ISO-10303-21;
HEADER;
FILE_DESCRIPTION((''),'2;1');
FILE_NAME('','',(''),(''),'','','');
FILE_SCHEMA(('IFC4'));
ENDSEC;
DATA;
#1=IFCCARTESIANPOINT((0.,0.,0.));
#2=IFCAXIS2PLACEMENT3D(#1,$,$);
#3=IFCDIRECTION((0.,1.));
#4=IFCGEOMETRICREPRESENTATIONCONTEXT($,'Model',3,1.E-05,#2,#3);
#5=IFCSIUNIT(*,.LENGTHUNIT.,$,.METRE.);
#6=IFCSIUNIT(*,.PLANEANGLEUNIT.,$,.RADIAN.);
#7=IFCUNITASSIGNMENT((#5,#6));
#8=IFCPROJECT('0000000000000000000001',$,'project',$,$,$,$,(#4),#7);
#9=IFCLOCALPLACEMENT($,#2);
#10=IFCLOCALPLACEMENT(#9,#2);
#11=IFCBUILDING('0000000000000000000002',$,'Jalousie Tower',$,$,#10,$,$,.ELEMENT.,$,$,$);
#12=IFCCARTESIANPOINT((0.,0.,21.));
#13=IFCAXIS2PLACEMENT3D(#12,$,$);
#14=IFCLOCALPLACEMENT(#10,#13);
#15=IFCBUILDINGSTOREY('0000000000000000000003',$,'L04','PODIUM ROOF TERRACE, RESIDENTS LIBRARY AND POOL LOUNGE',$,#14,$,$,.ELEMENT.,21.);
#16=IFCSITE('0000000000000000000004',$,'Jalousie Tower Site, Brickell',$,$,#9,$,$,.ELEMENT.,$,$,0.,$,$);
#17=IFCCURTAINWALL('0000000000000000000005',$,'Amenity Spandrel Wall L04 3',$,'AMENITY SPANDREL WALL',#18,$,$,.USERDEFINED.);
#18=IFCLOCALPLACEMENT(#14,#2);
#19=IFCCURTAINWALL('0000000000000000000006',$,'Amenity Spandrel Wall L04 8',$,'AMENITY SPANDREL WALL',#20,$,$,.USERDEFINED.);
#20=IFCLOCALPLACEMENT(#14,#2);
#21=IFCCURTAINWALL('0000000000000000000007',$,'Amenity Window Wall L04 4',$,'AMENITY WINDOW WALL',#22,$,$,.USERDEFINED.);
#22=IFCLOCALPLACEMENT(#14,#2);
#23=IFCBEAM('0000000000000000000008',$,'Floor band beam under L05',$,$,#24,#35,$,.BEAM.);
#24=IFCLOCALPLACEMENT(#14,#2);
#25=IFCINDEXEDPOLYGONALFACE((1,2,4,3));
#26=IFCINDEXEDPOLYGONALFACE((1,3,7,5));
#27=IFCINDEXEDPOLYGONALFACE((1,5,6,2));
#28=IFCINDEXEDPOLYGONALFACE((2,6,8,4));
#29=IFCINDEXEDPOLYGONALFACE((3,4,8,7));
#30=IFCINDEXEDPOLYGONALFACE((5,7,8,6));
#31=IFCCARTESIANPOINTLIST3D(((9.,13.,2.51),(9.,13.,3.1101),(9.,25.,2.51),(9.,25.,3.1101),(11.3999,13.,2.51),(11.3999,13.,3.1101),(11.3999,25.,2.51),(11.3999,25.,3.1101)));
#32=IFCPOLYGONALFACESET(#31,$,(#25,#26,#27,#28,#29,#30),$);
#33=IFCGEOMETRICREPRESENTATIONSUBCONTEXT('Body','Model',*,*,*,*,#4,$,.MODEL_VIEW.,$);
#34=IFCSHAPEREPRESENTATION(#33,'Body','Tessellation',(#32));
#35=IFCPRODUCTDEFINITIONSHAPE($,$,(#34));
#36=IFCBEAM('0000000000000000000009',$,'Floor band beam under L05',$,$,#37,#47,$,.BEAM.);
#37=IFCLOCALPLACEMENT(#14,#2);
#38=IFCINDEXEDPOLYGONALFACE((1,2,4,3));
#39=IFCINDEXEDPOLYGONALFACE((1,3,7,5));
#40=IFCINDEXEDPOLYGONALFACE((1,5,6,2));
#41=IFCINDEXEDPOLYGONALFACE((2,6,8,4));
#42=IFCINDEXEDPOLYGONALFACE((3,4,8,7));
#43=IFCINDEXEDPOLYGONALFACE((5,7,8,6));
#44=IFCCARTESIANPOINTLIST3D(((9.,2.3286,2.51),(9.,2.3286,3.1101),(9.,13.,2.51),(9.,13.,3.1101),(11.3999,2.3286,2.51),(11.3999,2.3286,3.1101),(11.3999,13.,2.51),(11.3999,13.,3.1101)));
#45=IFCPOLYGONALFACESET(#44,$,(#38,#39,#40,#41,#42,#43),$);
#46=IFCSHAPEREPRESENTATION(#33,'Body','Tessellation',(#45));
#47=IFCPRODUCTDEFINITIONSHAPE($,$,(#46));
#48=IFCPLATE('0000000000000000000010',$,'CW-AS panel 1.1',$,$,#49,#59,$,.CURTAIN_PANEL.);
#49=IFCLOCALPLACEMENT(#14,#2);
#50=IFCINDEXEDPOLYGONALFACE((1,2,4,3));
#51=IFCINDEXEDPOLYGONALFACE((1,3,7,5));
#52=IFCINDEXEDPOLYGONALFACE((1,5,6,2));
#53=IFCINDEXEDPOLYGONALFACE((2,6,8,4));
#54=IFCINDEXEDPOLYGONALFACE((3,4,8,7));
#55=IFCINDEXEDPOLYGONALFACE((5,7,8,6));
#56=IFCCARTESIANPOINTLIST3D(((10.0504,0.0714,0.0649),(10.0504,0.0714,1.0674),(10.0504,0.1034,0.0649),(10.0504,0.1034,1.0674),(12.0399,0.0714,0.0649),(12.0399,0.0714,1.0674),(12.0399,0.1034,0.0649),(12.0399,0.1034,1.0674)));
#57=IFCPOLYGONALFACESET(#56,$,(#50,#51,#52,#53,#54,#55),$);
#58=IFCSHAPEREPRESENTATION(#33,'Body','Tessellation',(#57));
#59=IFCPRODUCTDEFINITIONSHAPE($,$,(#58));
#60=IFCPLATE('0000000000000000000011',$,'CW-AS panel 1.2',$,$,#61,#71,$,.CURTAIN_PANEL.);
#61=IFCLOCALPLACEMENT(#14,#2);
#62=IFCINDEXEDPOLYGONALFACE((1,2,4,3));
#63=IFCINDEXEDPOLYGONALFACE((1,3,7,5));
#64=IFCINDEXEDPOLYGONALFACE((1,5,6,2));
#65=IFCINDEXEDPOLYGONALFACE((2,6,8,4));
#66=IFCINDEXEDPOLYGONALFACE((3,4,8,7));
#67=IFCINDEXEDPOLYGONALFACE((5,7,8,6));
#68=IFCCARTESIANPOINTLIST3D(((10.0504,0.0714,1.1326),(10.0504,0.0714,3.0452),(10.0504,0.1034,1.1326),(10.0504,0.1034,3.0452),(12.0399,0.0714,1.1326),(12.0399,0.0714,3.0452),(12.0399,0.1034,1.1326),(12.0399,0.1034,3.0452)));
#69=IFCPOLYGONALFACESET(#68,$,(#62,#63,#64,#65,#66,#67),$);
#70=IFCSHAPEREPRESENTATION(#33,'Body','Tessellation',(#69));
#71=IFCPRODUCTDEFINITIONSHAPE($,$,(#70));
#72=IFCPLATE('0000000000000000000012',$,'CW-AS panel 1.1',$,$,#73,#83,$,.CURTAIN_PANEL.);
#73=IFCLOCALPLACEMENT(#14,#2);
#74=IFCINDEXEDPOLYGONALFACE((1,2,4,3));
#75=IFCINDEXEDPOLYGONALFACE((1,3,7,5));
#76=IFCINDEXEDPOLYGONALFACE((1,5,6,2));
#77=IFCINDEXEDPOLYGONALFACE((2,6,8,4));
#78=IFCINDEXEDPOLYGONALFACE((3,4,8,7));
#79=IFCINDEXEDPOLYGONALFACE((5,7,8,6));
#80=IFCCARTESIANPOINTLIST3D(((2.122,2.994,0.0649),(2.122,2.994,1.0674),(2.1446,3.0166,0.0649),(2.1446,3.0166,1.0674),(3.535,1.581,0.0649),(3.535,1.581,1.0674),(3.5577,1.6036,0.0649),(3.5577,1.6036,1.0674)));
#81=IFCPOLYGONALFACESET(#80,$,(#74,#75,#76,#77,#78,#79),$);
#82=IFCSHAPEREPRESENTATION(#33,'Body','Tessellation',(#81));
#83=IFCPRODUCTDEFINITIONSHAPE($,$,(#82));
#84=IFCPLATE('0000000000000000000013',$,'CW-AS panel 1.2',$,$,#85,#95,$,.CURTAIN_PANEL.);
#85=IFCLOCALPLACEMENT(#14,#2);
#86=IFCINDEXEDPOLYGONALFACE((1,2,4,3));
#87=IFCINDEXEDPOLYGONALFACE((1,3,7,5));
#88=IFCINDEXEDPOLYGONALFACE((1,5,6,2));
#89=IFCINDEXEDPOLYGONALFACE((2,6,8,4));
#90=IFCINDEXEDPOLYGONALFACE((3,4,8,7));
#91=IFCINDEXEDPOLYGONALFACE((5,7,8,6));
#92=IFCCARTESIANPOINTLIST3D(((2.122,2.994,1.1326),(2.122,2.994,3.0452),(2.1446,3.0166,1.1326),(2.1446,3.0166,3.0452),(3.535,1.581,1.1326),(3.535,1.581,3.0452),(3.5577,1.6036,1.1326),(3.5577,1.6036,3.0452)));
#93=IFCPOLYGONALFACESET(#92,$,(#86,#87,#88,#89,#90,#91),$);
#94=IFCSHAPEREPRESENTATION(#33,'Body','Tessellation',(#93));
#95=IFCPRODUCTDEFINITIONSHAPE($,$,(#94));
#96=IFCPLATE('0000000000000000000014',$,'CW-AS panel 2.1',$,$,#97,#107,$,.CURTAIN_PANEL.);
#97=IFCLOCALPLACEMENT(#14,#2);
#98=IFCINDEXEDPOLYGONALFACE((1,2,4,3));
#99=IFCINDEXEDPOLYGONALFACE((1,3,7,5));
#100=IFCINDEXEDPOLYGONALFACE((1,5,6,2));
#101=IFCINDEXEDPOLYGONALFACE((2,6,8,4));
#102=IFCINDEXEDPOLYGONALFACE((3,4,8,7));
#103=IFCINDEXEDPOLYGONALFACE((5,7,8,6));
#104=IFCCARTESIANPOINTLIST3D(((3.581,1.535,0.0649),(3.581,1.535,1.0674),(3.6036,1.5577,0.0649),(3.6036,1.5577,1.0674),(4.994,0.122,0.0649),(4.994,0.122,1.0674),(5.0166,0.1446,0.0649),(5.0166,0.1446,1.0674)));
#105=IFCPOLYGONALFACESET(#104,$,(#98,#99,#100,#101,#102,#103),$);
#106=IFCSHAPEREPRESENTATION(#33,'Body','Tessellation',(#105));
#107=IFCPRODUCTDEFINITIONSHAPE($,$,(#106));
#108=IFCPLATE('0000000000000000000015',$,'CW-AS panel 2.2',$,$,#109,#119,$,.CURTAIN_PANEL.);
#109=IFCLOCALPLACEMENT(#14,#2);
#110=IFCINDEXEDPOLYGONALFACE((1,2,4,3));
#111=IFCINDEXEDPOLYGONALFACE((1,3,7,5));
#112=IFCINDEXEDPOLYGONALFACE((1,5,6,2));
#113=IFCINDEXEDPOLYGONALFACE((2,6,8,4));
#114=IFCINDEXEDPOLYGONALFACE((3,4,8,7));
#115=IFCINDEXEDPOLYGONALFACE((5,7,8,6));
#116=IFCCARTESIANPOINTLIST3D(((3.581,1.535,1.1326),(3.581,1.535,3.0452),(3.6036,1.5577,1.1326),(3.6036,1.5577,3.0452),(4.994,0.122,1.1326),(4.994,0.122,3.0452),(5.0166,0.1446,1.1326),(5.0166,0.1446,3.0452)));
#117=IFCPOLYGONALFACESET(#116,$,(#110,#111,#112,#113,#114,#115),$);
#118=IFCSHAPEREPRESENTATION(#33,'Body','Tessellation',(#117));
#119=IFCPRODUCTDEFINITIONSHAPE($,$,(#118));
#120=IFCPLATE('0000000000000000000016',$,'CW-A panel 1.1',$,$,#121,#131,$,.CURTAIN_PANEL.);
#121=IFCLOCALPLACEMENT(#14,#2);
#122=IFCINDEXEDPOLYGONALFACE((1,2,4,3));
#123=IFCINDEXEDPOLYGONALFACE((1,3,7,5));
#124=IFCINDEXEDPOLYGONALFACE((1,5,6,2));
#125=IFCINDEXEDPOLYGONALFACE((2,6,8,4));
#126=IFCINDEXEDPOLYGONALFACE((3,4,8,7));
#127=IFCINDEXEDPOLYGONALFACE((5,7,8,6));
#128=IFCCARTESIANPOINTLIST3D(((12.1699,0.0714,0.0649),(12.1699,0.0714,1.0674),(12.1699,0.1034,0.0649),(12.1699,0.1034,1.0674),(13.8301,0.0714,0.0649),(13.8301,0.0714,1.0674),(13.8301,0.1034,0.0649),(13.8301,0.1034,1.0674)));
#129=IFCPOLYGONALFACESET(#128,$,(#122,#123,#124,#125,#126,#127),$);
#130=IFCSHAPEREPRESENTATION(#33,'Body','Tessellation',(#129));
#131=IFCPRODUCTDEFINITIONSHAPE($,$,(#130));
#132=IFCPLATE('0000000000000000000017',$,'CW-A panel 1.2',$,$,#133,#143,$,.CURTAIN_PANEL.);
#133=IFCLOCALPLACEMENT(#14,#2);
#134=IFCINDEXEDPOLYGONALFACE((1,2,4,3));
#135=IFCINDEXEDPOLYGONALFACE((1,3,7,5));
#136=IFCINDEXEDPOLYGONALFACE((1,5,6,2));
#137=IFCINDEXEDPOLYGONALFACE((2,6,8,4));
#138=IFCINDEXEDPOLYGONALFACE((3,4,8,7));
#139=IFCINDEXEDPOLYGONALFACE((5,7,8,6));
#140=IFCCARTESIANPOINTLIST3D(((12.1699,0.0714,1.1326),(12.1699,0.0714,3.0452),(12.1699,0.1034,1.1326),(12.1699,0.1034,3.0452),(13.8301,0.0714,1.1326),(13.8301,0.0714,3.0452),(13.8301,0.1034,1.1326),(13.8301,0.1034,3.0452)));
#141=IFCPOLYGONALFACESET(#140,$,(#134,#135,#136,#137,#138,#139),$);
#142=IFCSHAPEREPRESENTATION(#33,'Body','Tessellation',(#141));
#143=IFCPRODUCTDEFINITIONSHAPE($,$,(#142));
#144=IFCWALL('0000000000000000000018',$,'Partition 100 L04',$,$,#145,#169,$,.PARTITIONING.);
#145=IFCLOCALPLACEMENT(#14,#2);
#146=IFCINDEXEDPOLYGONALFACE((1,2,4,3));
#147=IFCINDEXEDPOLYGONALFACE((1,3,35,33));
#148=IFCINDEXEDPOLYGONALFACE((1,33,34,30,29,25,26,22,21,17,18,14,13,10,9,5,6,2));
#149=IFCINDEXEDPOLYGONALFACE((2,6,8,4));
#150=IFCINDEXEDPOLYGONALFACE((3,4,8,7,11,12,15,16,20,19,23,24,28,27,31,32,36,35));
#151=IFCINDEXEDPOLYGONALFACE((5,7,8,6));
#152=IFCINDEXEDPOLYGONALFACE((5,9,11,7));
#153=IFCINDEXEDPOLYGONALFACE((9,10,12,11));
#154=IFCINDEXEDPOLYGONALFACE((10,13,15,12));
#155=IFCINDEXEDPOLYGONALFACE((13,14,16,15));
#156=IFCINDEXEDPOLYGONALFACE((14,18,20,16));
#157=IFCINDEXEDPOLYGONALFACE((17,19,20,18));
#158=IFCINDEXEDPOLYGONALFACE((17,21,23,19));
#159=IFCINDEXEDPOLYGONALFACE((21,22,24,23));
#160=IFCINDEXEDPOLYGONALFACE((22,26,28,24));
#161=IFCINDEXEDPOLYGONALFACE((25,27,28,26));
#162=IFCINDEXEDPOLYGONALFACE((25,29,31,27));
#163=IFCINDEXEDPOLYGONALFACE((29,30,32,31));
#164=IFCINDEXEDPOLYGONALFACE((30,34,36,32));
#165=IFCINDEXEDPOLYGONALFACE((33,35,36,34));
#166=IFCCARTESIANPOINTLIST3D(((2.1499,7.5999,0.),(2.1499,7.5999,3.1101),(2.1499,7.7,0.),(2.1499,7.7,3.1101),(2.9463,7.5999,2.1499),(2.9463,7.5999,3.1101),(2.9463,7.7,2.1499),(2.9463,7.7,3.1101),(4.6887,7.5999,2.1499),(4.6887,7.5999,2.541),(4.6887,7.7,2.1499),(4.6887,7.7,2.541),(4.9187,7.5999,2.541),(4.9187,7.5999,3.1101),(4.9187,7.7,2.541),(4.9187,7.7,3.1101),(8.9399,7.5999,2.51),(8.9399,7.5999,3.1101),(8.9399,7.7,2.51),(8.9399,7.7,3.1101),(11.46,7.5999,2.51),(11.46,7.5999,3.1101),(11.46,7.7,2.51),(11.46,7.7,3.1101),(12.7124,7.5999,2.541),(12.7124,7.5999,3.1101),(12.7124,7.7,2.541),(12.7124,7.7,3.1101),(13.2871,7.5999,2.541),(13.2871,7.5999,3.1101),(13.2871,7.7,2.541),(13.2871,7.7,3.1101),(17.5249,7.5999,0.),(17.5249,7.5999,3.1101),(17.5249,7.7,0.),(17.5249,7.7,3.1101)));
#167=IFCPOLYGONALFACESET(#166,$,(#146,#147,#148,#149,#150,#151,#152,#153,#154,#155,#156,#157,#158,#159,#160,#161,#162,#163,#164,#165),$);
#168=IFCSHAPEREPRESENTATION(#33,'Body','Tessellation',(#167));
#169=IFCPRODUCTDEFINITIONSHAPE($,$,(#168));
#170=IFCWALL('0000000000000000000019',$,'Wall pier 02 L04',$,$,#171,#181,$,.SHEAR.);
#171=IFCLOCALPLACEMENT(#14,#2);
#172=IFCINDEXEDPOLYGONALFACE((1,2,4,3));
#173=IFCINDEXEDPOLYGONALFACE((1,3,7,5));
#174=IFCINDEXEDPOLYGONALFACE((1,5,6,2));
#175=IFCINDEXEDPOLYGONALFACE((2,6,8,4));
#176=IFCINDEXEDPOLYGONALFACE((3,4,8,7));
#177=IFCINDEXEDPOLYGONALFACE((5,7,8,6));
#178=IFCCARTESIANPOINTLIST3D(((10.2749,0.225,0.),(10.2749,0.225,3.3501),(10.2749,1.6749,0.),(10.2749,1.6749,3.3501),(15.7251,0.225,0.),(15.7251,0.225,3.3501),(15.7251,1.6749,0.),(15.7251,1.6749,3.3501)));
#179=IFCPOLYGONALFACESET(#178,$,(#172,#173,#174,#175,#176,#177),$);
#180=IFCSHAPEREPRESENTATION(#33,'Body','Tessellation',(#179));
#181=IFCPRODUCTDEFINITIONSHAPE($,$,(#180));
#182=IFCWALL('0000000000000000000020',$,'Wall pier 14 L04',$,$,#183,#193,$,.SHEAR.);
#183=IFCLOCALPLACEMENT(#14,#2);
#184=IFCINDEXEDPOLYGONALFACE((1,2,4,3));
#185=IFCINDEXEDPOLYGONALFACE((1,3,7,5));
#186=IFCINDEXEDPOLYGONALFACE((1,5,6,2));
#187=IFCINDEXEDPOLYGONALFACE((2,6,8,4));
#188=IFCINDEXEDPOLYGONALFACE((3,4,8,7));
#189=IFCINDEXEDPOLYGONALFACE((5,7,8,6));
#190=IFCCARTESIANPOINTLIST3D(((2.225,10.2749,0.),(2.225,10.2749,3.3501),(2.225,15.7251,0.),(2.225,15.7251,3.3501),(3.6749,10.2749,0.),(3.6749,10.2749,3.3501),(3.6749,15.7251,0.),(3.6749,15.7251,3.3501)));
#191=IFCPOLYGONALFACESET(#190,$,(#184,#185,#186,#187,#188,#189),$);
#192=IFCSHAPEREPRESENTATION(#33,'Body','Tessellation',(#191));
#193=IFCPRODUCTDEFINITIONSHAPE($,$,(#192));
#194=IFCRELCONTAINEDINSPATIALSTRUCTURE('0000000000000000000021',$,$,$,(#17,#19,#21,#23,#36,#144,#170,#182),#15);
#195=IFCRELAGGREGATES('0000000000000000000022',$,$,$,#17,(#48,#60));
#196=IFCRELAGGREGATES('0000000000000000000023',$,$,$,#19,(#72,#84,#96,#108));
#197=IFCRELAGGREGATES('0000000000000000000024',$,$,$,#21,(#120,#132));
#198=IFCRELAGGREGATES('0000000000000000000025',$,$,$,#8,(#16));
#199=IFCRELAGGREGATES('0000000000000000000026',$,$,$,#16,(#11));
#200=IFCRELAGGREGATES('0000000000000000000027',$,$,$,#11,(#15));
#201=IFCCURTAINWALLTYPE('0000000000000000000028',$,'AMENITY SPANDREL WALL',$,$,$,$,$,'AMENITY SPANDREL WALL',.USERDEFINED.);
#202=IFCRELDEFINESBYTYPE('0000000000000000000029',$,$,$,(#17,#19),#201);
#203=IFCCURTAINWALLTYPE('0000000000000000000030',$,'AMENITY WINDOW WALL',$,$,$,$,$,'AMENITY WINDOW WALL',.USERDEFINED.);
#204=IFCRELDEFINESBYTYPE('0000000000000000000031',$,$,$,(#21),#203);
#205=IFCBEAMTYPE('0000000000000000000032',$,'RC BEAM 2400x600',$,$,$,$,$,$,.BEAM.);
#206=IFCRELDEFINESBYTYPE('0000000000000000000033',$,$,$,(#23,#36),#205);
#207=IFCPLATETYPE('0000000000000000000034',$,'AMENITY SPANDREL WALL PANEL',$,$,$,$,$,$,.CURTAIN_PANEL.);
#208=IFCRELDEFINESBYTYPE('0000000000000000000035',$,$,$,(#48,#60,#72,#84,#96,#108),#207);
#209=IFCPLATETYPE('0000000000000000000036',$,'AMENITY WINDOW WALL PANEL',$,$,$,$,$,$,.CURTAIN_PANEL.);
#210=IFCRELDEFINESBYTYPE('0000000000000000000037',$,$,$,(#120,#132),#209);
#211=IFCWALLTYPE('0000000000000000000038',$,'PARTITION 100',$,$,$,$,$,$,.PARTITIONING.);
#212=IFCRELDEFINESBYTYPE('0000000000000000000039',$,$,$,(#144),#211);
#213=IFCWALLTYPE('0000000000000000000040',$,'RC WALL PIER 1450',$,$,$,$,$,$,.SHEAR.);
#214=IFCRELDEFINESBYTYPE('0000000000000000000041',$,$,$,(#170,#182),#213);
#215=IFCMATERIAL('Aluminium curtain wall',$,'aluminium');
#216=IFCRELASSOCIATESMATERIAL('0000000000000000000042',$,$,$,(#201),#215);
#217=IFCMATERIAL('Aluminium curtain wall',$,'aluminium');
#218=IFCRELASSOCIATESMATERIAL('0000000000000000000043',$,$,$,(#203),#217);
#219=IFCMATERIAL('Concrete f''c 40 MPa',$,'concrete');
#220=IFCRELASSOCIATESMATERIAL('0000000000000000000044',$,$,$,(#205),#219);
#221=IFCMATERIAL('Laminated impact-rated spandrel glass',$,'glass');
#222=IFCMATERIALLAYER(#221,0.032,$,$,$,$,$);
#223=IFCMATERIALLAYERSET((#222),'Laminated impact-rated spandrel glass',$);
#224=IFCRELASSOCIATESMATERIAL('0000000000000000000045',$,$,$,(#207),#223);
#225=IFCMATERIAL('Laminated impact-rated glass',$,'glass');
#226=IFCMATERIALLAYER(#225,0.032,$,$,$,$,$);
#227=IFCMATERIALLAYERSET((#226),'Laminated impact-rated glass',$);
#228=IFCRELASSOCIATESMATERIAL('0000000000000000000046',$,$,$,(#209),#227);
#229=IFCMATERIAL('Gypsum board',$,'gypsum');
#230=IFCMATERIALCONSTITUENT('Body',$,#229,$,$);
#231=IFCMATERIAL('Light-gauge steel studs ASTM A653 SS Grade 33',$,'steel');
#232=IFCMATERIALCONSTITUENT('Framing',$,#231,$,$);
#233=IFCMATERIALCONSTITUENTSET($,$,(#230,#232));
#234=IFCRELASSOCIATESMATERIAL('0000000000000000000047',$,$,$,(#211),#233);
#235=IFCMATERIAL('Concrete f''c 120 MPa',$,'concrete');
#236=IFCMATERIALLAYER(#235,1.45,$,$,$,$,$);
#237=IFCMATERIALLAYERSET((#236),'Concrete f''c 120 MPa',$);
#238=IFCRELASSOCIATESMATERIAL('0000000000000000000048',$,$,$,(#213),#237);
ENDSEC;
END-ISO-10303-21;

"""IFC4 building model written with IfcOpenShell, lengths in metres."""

from ifc_helpers import new_model, si_unit, direction, frame, frame_2d, origin, origin_2d, place, context, subcontext, project, spatial, polyline, rectangle, outline, extrude, material, layer, layer_set, constituent, constituent_set, material_profile, profile_set, type_object, element, aggregate, save


model = new_model("IFC4")

# Units and contexts
model_context = context("Model", 3, precision=1e-05, world=origin(), true_north=direction((0.0, 1.0)))
body_context = subcontext(model_context, "Body", "Model", "MODEL_VIEW")
ifc_project = project(units=[si_unit("LENGTHUNIT", "METRE"), si_unit("PLANEANGLEUNIT", "RADIAN")], contexts=[model_context])

# Site, building, storey
site_placement = place(None, origin())
site = spatial("IfcSite", under=ifc_project, at=site_placement, Name="Jalousie Tower Site, Brickell", CompositionType="ELEMENT", RefElevation=0.0)
building_placement = place(site_placement, origin())
building = spatial("IfcBuilding", under=site, at=building_placement, Name="Jalousie Tower", CompositionType="ELEMENT")
storey_placement = place(building_placement, frame((0.0, 0.0, 21.0)))
storey = spatial("IfcBuildingStorey", under=building, at=storey_placement, Name="L04", Description="PODIUM ROOF TERRACE, RESIDENTS LIBRARY AND POOL LOUNGE", CompositionType="ELEMENT", Elevation=21.0)

# Curtain wall
ifc_material_1 = material(Name="Aluminium curtain wall", Category="aluminium")
curtain_wall_type_1 = type_object("IfcCurtainWallType", Name="AMENITY SPANDREL WALL", ElementType="AMENITY SPANDREL WALL", PredefinedType="USERDEFINED", material=ifc_material_1)
curtain_wall_1_placement = place(storey_placement, origin())
curtain_wall_1 = element("IfcCurtainWall", 1, at=curtain_wall_1_placement, inside=storey, type_object=curtain_wall_type_1, Name="Amenity Spandrel Wall L04 3", ObjectType="AMENITY SPANDREL WALL", PredefinedType="USERDEFINED")

# Curtain walls
curtain_wall_2_placement = place(storey_placement, origin())
curtain_wall_2 = element("IfcCurtainWall", 2, at=curtain_wall_2_placement, inside=storey, type_object=curtain_wall_type_1, Name="Amenity Spandrel Wall L04 8", ObjectType="AMENITY SPANDREL WALL", PredefinedType="USERDEFINED")
ifc_material_2 = material(Name="Aluminium curtain wall", Category="aluminium")
curtain_wall_type_2 = type_object("IfcCurtainWallType", Name="AMENITY WINDOW WALL", ElementType="AMENITY WINDOW WALL", PredefinedType="USERDEFINED", material=ifc_material_2)
curtain_wall_3_placement = place(storey_placement, origin())
curtain_wall_3 = element("IfcCurtainWall", 3, at=curtain_wall_3_placement, inside=storey, type_object=curtain_wall_type_2, Name="Amenity Window Wall L04 4", ObjectType="AMENITY WINDOW WALL", PredefinedType="USERDEFINED")

# Beams
ifc_material_3 = material(Name="Concrete f'c 40 MPa", Category="concrete")
ifc_material_profile_1 = material_profile(ifc_material_3, rectangle(XDim=2.3999, YDim=0.6001, at=origin_2d()), Name="RC 2400x600")
ifc_profile_set_1 = profile_set([ifc_material_profile_1], Name="Concrete f'c 40 MPa")
beam_type_1 = type_object("IfcBeamType", Name="RC BEAM 2400x600", PredefinedType="BEAM", material=ifc_profile_set_1)
beam_1_placement = place(storey_placement, frame((10.2, 13.0, 2.8101), z_axis=(0.0, 1.0, 0.0), x_axis=(-1.0, 0.0, 0.0)))
element("IfcBeam", 4, at=beam_1_placement, inside=storey, type_object=beam_type_1, Name="Floor band beam under L05", PredefinedType="BEAM", context=body_context, shape_type="SweptSolid", body=[
    extrude(rectangle(XDim=2.3999, YDim=0.6001, at=origin_2d()), origin(), (0.0, 0.0, 1.0), 12.0),
])
beam_2_placement = place(storey_placement, frame((10.2, 13.0, 2.8101), z_axis=(0.0, -1.0, 0.0), x_axis=(1.0, 0.0, 0.0)))
element("IfcBeam", 5, at=beam_2_placement, inside=storey, type_object=beam_type_1, Name="Floor band beam under L05", PredefinedType="BEAM", context=body_context, shape_type="SweptSolid", body=[
    extrude(rectangle(XDim=2.3999, YDim=0.6001, at=origin_2d()), origin(), (0.0, 0.0, 1.0), 10.6714),
])

# Plates
ifc_material_4 = material(Name="Laminated impact-rated spandrel glass", Category="glass")
ifc_layer_1 = layer(ifc_material_4, 0.032)
ifc_layer_set_1 = layer_set([ifc_layer_1], Name="Laminated impact-rated spandrel glass")
plate_type_1 = type_object("IfcPlateType", Name="AMENITY SPANDREL WALL PANEL", PredefinedType="CURTAIN_PANEL", material=ifc_layer_set_1)
plate_1_placement = place(storey_placement, frame((11.0452, 0.0874, 0.0649), z_axis=(0.0, 0.0, 1.0), x_axis=(1.0, 0.0, 0.0)))
plate_1 = element("IfcPlate", 6, at=plate_1_placement, type_object=plate_type_1, Name="CW-AS panel 1.1", PredefinedType="CURTAIN_PANEL", context=body_context, shape_type="SweptSolid", body=[
    extrude(rectangle(XDim=1.9895, YDim=0.032, at=origin_2d()), origin(), (0.0, 0.0, 1.0), 1.0024),
])
plate_2_placement = place(storey_placement, frame((11.0452, 0.0874, 1.1326), z_axis=(0.0, 0.0, 1.0), x_axis=(1.0, 0.0, 0.0)))
plate_2 = element("IfcPlate", 7, at=plate_2_placement, type_object=plate_type_1, Name="CW-AS panel 1.2", PredefinedType="CURTAIN_PANEL", context=body_context, shape_type="SweptSolid", body=[
    extrude(rectangle(XDim=1.9895, YDim=0.032, at=origin_2d()), origin(), (0.0, 0.0, 1.0), 1.9126),
])
aggregate(curtain_wall_1, [plate_1, plate_2])
plate_3_placement = place(storey_placement, frame((2.8398, 2.2988, 0.0649), z_axis=(0.0, 0.0, 1.0), x_axis=(0.707107, -0.707107, 0.0)))
plate_3 = element("IfcPlate", 8, at=plate_3_placement, type_object=plate_type_1, Name="CW-AS panel 1.1", PredefinedType="CURTAIN_PANEL", context=body_context, shape_type="SweptSolid", body=[
    extrude(rectangle(XDim=1.9983, YDim=0.032, at=origin_2d()), origin(), (0.0, 0.0, 1.0), 1.0024),
])
plate_4_placement = place(storey_placement, frame((2.8398, 2.2988, 1.1326), z_axis=(0.0, 0.0, 1.0), x_axis=(0.707107, -0.707107, 0.0)))
plate_4 = element("IfcPlate", 9, at=plate_4_placement, type_object=plate_type_1, Name="CW-AS panel 1.2", PredefinedType="CURTAIN_PANEL", context=body_context, shape_type="SweptSolid", body=[
    extrude(rectangle(XDim=1.9983, YDim=0.032, at=origin_2d()), origin(), (0.0, 0.0, 1.0), 1.9126),
])
plate_5_placement = place(storey_placement, frame((4.2988, 0.8398, 0.0649), z_axis=(0.0, 0.0, 1.0), x_axis=(0.707107, -0.707107, 0.0)))
plate_5 = element("IfcPlate", 10, at=plate_5_placement, type_object=plate_type_1, Name="CW-AS panel 2.1", PredefinedType="CURTAIN_PANEL", context=body_context, shape_type="SweptSolid", body=[
    extrude(rectangle(XDim=1.9983, YDim=0.032, at=origin_2d()), origin(), (0.0, 0.0, 1.0), 1.0024),
])
plate_6_placement = place(storey_placement, frame((4.2988, 0.8398, 1.1326), z_axis=(0.0, 0.0, 1.0), x_axis=(0.707107, -0.707107, 0.0)))
plate_6 = element("IfcPlate", 11, at=plate_6_placement, type_object=plate_type_1, Name="CW-AS panel 2.2", PredefinedType="CURTAIN_PANEL", context=body_context, shape_type="SweptSolid", body=[
    extrude(rectangle(XDim=1.9983, YDim=0.032, at=origin_2d()), origin(), (0.0, 0.0, 1.0), 1.9126),
])
aggregate(curtain_wall_2, [plate_3, plate_4, plate_5, plate_6])
ifc_material_5 = material(Name="Laminated impact-rated glass", Category="glass")
ifc_layer_2 = layer(ifc_material_5, 0.032)
ifc_layer_set_2 = layer_set([ifc_layer_2], Name="Laminated impact-rated glass")
plate_type_2 = type_object("IfcPlateType", Name="AMENITY WINDOW WALL PANEL", PredefinedType="CURTAIN_PANEL", material=ifc_layer_set_2)
plate_7_placement = place(storey_placement, frame((13.0, 0.0874, 0.0649), z_axis=(0.0, 0.0, 1.0), x_axis=(1.0, 0.0, 0.0)))
plate_7 = element("IfcPlate", 12, at=plate_7_placement, type_object=plate_type_2, Name="CW-A panel 1.1", PredefinedType="CURTAIN_PANEL", context=body_context, shape_type="SweptSolid", body=[
    extrude(rectangle(XDim=1.6602, YDim=0.032, at=origin_2d()), origin(), (0.0, 0.0, 1.0), 1.0024),
])
plate_8_placement = place(storey_placement, frame((13.0, 0.0874, 1.1326), z_axis=(0.0, 0.0, 1.0), x_axis=(1.0, 0.0, 0.0)))
plate_8 = element("IfcPlate", 13, at=plate_8_placement, type_object=plate_type_2, Name="CW-A panel 1.2", PredefinedType="CURTAIN_PANEL", context=body_context, shape_type="SweptSolid", body=[
    extrude(rectangle(XDim=1.6602, YDim=0.032, at=origin_2d()), origin(), (0.0, 0.0, 1.0), 1.9126),
])
aggregate(curtain_wall_3, [plate_7, plate_8])

# Walls
ifc_material_6 = material(Name="Gypsum board", Category="gypsum")
ifc_constituent_1 = constituent(ifc_material_6, Name="Body")
ifc_material_7 = material(Name="Light-gauge steel studs ASTM A653 SS Grade 33", Category="steel")
ifc_constituent_2 = constituent(ifc_material_7, Name="Framing")
ifc_constituent_set_1 = constituent_set(constituents=[ifc_constituent_1, ifc_constituent_2])
wall_type_1 = type_object("IfcWallType", Name="PARTITION 100", PredefinedType="PARTITIONING", material=ifc_constituent_set_1)
wall_placement = place(storey_placement, frame((2.1499, 7.6499, 0.0), z_axis=(0.0, 0.0, 1.0), x_axis=(1.0, 0.0, 0.0)))
element("IfcWall", 14, at=wall_placement, inside=storey, type_object=wall_type_1, Name="Partition 100 L04", PredefinedType="PARTITIONING", context=body_context, shape_type="SweptSolid", body=[
    extrude(outline(polyline([(0.0, 0.0), (15.375, 0.0), (15.375, 3.1101), (11.1372, 3.1101), (11.1372, 2.541), (10.5625, 2.541), (10.5625, 3.1101), (9.3101, 3.1101), (9.3101, 2.51), (6.79, 2.51), (6.79, 3.1101), (2.7688, 3.1101), (2.7688, 2.541), (2.5388, 2.541), (2.5388, 2.1499), (0.7964, 2.1499), (0.7964, 3.1101), (0.0, 3.1101), (0.0, 0.0)])), frame((0.0, 0.05, 0.0), z_axis=(0.0, -1.0, 0.0), x_axis=(1.0, 0.0, 0.0)), (0.0, 0.0, 1.0), 0.1001),
])
ifc_material_8 = material(Name="Concrete f'c 120 MPa", Category="concrete")
ifc_layer_3 = layer(ifc_material_8, 1.45)
ifc_layer_set_3 = layer_set([ifc_layer_3], Name="Concrete f'c 120 MPa")
wall_type_2 = type_object("IfcWallType", Name="RC WALL PIER 1450", PredefinedType="SHEAR", material=ifc_layer_set_3)
for number, where, z_axis, x_axis, name in (
    (15, (10.2749, 0.95, 0.0), (0.0, 0.0, 1.0), (1.0, 0.0, 0.0), "Wall pier 02 L04"),
    (16, (2.95, 10.2749, 0.0), (0.0, 0.0, 1.0), (0.0, 1.0, 0.0), "Wall pier 14 L04"),
):
    element("IfcWall", number, at=place(storey_placement, frame(where, z_axis=z_axis, x_axis=x_axis)), inside=storey, type_object=wall_type_2, Name=name, PredefinedType="SHEAR", context=body_context, shape_type="SweptSolid", body=[
        extrude(rectangle(XDim=5.4502, YDim=1.45, at=frame_2d((2.7251, 0.0))), origin(), (0.0, 0.0, 1.0), 3.3501),
    ])

save(model, "model.ifc")
